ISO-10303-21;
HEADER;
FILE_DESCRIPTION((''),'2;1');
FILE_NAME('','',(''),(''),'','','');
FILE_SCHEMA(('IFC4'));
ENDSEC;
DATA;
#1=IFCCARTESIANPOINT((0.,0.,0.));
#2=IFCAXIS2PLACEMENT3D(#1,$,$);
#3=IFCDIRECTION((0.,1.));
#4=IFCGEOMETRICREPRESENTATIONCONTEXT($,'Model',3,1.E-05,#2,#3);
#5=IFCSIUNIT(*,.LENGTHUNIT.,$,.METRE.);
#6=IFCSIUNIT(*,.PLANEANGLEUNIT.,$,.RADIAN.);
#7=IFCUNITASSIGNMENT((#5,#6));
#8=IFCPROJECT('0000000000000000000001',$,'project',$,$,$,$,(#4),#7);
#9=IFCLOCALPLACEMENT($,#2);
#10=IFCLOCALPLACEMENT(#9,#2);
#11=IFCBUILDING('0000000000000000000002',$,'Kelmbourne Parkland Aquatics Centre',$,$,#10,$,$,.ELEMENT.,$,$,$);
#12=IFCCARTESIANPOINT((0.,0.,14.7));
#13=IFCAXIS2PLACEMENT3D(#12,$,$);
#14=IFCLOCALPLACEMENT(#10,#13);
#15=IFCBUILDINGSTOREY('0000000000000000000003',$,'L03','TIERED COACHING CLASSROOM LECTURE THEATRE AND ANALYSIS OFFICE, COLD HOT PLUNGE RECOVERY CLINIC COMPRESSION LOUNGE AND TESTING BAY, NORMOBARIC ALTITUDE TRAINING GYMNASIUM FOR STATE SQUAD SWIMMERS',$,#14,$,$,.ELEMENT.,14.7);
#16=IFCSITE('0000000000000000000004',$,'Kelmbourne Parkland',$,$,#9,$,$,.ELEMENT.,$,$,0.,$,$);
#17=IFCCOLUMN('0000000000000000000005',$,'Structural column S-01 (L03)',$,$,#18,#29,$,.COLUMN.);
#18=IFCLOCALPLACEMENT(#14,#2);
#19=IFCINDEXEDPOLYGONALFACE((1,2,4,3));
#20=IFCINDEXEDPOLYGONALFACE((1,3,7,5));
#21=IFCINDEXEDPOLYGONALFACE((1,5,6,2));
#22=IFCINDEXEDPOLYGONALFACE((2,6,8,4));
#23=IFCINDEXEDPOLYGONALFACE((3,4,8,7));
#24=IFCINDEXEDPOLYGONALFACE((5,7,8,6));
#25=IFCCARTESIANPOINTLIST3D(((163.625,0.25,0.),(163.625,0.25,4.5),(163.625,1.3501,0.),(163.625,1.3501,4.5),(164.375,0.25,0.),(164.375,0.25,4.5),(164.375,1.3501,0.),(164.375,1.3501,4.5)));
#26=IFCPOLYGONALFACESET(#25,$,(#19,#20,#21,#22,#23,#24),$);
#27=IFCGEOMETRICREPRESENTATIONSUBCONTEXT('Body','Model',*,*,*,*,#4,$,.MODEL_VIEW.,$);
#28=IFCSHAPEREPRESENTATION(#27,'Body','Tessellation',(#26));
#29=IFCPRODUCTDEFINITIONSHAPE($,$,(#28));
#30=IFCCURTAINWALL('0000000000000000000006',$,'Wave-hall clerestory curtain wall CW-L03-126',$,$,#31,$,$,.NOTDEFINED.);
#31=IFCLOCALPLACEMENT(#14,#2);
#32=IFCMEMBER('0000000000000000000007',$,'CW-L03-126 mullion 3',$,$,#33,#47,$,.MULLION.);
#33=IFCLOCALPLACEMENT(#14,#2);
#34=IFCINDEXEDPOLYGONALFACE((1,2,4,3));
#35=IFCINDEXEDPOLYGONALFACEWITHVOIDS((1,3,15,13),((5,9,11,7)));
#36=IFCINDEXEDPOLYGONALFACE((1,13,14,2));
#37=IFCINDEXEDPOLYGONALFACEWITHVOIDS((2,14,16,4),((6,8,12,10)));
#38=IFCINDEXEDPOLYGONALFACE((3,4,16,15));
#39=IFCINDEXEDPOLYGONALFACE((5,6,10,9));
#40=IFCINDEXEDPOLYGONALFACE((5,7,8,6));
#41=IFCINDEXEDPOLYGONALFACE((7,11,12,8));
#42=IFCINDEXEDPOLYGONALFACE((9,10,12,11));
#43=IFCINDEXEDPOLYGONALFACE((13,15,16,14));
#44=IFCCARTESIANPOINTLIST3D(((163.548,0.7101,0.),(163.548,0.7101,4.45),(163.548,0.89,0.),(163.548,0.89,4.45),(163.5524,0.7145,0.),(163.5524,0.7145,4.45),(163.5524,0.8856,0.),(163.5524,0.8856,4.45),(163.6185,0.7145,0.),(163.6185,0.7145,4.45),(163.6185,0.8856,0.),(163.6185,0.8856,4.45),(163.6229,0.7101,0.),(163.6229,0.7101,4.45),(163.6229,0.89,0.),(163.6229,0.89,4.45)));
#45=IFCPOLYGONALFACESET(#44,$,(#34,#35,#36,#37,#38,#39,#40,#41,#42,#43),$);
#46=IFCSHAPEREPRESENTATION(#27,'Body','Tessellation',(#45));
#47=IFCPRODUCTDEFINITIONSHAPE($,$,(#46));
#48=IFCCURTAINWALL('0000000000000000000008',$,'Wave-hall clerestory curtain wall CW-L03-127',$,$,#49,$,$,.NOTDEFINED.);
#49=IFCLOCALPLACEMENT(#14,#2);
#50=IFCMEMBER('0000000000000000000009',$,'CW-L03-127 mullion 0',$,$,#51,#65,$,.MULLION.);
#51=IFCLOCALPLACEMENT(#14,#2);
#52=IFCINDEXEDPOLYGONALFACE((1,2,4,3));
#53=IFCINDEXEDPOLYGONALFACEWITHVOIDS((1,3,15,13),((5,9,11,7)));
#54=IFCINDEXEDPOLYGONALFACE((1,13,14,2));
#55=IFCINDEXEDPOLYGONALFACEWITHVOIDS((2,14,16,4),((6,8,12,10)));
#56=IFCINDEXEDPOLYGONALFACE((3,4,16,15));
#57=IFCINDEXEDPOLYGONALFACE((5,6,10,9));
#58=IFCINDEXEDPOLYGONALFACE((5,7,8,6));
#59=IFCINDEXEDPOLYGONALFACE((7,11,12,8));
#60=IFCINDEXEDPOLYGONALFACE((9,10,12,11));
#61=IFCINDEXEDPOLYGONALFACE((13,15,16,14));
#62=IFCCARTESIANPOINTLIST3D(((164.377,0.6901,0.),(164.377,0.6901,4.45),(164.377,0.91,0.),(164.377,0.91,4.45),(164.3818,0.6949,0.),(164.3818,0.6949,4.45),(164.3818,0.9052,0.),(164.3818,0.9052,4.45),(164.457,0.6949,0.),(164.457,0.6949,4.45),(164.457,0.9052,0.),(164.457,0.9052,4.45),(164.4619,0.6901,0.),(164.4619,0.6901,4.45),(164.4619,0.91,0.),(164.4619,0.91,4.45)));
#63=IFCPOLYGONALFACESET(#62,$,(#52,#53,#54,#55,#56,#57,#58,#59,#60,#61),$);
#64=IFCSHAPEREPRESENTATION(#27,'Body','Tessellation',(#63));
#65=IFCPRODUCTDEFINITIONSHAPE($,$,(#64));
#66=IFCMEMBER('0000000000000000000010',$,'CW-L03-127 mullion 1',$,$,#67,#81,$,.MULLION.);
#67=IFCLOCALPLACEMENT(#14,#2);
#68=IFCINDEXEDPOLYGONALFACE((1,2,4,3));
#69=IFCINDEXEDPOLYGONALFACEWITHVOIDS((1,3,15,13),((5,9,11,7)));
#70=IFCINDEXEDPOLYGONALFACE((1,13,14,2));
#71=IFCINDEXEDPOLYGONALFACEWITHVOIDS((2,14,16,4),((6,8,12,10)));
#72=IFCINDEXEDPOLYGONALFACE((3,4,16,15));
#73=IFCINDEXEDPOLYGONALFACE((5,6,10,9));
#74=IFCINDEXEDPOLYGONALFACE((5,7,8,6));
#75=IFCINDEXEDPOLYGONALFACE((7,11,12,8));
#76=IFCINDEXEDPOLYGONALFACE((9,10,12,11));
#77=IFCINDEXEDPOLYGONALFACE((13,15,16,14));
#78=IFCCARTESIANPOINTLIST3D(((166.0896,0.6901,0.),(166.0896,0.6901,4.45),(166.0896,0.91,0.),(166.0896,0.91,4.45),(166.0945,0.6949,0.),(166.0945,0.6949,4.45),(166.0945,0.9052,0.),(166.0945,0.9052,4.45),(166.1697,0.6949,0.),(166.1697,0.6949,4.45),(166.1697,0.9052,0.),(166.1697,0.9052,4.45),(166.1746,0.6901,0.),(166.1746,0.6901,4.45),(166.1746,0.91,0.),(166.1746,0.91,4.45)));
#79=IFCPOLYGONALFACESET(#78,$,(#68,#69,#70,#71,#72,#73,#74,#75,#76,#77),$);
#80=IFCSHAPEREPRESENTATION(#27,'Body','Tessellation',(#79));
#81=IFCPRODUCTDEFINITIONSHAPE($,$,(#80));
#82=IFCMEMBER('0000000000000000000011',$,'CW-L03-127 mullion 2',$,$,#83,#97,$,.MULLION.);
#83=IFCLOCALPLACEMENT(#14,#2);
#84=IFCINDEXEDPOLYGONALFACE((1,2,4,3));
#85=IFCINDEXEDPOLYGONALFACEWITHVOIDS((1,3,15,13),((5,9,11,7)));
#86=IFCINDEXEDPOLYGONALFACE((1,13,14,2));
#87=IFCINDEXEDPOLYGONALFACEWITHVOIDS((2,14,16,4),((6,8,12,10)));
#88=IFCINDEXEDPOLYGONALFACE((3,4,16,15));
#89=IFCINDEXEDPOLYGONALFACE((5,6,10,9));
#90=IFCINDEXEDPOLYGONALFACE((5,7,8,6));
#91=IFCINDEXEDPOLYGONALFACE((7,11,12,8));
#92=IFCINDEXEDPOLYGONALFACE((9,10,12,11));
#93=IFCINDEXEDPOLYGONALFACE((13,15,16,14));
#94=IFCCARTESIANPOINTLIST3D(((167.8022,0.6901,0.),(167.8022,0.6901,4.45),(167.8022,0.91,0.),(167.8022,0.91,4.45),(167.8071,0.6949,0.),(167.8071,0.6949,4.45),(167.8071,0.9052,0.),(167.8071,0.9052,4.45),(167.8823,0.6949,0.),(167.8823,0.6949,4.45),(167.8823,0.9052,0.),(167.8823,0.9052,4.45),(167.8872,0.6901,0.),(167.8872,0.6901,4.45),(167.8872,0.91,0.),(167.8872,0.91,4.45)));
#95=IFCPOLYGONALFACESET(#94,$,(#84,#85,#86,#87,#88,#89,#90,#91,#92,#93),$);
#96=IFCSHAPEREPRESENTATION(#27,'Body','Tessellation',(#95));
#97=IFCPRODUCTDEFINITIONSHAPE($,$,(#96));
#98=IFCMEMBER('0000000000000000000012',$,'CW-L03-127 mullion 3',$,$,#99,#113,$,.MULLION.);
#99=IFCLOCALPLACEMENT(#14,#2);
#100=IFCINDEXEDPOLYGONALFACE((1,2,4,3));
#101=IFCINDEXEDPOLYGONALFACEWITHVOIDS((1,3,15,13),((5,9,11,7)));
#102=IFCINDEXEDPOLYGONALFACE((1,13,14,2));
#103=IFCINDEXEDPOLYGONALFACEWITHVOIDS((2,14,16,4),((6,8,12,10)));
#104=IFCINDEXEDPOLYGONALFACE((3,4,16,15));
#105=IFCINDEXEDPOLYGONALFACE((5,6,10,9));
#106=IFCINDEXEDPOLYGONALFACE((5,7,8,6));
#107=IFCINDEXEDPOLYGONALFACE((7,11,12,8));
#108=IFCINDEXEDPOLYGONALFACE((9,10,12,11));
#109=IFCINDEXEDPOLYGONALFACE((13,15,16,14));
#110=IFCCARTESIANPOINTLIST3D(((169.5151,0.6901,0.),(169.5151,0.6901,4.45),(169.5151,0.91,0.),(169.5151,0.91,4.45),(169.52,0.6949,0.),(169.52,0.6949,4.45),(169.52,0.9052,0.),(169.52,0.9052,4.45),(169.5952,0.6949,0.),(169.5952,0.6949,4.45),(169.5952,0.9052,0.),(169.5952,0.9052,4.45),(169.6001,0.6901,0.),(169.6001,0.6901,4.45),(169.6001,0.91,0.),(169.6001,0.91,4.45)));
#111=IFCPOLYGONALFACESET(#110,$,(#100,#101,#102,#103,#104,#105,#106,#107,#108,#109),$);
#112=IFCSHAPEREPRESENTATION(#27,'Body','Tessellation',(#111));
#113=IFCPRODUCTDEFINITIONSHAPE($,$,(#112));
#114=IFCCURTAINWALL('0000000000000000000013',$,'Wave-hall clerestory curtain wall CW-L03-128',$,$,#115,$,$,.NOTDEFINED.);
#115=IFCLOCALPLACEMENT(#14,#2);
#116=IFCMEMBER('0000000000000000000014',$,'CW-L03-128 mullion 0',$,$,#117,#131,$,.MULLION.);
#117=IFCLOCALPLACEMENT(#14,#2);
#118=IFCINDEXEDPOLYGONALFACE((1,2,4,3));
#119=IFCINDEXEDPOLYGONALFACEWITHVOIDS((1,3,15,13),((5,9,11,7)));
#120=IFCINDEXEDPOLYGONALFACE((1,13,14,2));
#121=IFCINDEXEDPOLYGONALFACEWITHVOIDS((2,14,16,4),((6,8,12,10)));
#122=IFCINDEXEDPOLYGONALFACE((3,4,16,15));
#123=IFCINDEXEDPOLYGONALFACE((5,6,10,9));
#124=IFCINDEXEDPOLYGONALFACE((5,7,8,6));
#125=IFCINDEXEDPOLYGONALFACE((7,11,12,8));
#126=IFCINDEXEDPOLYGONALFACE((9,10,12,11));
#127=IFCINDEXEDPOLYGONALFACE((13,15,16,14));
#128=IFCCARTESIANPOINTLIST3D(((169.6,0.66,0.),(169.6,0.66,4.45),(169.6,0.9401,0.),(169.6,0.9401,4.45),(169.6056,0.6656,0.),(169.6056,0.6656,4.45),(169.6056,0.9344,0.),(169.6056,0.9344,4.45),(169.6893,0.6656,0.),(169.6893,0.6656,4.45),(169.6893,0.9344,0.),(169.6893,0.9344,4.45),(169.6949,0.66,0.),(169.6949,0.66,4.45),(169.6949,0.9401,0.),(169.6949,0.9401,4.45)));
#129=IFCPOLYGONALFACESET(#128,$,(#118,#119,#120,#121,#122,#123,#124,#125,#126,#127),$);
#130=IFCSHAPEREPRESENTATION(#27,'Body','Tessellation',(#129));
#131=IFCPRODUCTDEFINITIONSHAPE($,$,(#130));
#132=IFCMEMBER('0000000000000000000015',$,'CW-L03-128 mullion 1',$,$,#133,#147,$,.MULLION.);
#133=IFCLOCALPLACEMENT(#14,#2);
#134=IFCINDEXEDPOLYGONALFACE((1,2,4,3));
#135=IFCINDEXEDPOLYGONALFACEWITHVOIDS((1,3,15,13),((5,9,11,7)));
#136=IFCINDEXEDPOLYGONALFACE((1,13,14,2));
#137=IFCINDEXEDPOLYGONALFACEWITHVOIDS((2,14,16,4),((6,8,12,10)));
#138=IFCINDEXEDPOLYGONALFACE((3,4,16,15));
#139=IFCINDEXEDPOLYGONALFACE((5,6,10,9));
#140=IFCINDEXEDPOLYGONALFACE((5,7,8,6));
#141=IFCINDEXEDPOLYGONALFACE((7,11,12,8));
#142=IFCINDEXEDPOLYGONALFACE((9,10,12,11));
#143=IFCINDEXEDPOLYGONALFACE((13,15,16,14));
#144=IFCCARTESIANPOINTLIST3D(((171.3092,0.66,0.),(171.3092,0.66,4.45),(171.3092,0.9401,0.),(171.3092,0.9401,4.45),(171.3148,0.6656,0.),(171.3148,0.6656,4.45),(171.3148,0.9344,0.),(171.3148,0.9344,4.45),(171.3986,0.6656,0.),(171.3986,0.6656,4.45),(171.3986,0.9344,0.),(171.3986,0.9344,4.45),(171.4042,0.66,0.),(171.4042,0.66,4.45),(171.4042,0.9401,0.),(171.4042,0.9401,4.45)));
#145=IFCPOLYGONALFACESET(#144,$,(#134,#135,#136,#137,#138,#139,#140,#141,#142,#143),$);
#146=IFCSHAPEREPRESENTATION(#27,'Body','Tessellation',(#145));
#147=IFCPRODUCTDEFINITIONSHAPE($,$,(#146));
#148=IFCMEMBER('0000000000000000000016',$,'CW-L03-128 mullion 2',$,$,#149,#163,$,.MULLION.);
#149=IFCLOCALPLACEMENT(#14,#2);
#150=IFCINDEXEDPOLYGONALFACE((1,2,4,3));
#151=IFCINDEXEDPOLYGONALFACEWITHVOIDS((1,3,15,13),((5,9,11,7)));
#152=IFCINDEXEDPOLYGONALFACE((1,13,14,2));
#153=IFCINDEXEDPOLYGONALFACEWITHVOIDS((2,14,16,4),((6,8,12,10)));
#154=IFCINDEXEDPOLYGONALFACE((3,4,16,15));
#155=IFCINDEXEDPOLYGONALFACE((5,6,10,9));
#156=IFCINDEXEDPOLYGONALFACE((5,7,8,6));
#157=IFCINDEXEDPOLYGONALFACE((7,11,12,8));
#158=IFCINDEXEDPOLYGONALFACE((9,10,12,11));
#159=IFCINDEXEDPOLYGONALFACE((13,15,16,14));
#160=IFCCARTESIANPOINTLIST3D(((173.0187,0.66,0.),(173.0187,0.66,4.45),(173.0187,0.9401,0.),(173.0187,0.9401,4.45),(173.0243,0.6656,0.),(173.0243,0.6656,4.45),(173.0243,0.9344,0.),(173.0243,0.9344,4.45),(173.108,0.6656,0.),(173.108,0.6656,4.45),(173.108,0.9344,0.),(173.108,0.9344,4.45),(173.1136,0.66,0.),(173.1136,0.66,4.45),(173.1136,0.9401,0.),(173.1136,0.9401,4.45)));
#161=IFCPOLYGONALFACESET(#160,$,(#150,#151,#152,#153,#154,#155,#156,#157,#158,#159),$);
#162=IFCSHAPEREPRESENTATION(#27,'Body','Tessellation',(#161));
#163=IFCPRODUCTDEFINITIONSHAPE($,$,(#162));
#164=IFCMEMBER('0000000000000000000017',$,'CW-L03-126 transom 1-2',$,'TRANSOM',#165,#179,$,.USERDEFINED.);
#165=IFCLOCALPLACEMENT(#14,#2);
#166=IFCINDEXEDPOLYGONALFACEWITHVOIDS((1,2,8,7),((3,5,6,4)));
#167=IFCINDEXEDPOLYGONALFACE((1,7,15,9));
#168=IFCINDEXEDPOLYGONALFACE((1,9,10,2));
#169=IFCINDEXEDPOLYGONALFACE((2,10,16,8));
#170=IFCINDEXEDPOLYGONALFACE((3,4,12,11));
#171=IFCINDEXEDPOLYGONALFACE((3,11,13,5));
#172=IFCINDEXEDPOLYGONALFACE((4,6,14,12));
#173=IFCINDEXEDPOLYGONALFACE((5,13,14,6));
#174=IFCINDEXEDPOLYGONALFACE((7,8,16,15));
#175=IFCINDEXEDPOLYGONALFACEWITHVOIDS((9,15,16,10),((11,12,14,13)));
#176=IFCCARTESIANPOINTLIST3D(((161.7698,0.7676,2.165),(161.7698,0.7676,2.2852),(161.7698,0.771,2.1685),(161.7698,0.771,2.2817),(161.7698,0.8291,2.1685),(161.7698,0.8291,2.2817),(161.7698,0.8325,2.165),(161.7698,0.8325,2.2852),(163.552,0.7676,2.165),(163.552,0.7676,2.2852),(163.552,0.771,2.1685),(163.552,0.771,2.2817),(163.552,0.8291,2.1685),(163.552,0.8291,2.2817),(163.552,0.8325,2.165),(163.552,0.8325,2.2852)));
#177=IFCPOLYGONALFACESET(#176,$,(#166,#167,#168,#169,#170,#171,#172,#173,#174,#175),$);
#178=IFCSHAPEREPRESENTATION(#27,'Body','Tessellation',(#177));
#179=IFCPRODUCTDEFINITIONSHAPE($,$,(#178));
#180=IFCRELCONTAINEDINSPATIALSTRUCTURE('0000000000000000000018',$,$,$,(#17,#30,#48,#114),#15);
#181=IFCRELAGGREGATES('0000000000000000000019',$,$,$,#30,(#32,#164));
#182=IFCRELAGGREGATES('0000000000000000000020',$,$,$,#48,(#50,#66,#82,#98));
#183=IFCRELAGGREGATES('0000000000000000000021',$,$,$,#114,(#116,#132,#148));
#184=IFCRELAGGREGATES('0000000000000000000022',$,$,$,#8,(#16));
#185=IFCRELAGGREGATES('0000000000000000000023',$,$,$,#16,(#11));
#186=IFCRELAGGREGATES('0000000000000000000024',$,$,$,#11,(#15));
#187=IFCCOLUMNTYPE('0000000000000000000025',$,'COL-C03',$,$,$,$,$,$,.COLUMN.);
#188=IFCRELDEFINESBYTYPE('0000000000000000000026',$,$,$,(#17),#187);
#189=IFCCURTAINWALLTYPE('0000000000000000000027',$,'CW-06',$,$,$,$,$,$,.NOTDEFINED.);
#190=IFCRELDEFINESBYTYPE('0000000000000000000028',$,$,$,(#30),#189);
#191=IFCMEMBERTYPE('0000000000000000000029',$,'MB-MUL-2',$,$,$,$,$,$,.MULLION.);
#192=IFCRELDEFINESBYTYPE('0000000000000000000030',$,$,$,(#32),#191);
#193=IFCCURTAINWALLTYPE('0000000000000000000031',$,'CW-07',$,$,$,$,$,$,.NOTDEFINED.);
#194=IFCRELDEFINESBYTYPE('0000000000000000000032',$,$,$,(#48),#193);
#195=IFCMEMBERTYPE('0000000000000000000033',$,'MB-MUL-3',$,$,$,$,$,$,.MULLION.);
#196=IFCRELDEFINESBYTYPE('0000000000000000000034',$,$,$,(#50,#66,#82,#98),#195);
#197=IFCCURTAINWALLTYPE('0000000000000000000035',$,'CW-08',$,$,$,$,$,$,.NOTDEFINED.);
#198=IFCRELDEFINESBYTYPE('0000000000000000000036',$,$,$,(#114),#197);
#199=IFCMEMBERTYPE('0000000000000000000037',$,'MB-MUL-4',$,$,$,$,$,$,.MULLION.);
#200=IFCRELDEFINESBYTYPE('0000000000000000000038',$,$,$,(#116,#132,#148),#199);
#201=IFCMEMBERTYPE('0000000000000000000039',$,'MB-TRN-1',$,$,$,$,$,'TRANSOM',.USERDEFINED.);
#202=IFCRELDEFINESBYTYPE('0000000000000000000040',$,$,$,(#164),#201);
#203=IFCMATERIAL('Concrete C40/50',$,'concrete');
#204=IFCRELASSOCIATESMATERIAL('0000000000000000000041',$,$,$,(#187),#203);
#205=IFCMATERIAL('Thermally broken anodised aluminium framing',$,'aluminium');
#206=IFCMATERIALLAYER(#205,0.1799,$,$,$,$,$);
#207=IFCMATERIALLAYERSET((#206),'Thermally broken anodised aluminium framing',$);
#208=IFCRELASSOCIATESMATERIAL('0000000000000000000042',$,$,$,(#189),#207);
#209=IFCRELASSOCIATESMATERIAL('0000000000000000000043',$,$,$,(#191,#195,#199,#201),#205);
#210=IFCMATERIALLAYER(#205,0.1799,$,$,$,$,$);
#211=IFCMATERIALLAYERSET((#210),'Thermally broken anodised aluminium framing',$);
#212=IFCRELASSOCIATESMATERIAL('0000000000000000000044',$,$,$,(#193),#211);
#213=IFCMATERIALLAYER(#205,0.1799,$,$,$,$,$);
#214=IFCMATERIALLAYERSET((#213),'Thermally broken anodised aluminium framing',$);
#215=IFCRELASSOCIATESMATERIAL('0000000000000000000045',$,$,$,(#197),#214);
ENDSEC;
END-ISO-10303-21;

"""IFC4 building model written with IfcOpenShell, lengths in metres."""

from ifc_helpers import new_model, si_unit, direction, frame, origin, origin_2d, place, context, subcontext, project, spatial, rectangle, hollow_rectangle, extrude, material, layer, layer_set, material_profile, profile_set, type_object, element, aggregate, save


model = new_model("IFC4")

# Units and contexts
model_context = context("Model", 3, precision=1e-05, world=origin(), true_north=direction((0.0, 1.0)))
body_context = subcontext(model_context, "Body", "Model", "MODEL_VIEW")
ifc_project = project(units=[si_unit("LENGTHUNIT", "METRE"), si_unit("PLANEANGLEUNIT", "RADIAN")], contexts=[model_context])

# Site, building, storey
site_placement = place(None, origin())
site = spatial("IfcSite", under=ifc_project, at=site_placement, Name="Kelmbourne Parkland", CompositionType="ELEMENT", RefElevation=0.0)
building_placement = place(site_placement, origin())
building = spatial("IfcBuilding", under=site, at=building_placement, Name="Kelmbourne Parkland Aquatics Centre", CompositionType="ELEMENT")
storey_placement = place(building_placement, frame((0.0, 0.0, 14.7)))
storey = spatial("IfcBuildingStorey", under=building, at=storey_placement, Name="L03", Description="TIERED COACHING CLASSROOM LECTURE THEATRE AND ANALYSIS OFFICE, COLD HOT PLUNGE RECOVERY CLINIC COMPRESSION LOUNGE AND TESTING BAY, NORMOBARIC ALTITUDE TRAINING GYMNASIUM FOR STATE SQUAD SWIMMERS", CompositionType="ELEMENT", Elevation=14.7)

# Column
ifc_material_1 = material(Name="Concrete C40/50", Category="concrete")
ifc_material_profile_1 = material_profile(ifc_material_1, rectangle(XDim=0.75, YDim=1.1001, at=origin_2d()), Name="RC 750x1100")
ifc_profile_set_1 = profile_set([ifc_material_profile_1], Name="Concrete C40/50")
column_type = type_object("IfcColumnType", Name="COL-C03", PredefinedType="COLUMN", material=ifc_profile_set_1)
column_placement = place(storey_placement, frame((164.0, 0.8, 0.0), z_axis=(0.0, 0.0, 1.0), x_axis=(1.0, 0.0, 0.0)))
element("IfcColumn", 1, at=column_placement, inside=storey, type_object=column_type, Name="Structural column S-01 (L03)", PredefinedType="COLUMN", context=body_context, shape_type="SweptSolid", body=[
    extrude(rectangle(XDim=0.75, YDim=1.1001, at=origin_2d()), origin(), (0.0, 0.0, 1.0), 4.5),
])

# Curtain wall, member
ifc_material_2 = material(Name="Thermally broken anodised aluminium framing", Category="aluminium")
ifc_layer_1 = layer(ifc_material_2, 0.1799)
ifc_layer_set_1 = layer_set([ifc_layer_1], Name="Thermally broken anodised aluminium framing")
curtain_wall_type_1 = type_object("IfcCurtainWallType", Name="CW-06", PredefinedType="NOTDEFINED", material=ifc_layer_set_1)
curtain_wall_1_placement = place(storey_placement, origin())
curtain_wall_1 = element("IfcCurtainWall", 2, at=curtain_wall_1_placement, inside=storey, type_object=curtain_wall_type_1, Name="Wave-hall clerestory curtain wall CW-L03-126", PredefinedType="NOTDEFINED")
ifc_material_profile_2 = material_profile(ifc_material_2, hollow_rectangle(XDim=0.075, YDim=0.1799, WallThickness=0.0044, at=origin_2d()), Name="CW-M 75x180")
ifc_profile_set_2 = profile_set([ifc_material_profile_2], Name="Thermally broken anodised aluminium framing")
member_type_1 = type_object("IfcMemberType", Name="MB-MUL-2", PredefinedType="MULLION", material=ifc_profile_set_2)
member_1_placement = place(storey_placement, frame((163.5854, 0.8, 0.0), z_axis=(0.0, 0.0, 1.0), x_axis=(1.0, 0.0, 0.0)))
member_1 = element("IfcMember", 3, at=member_1_placement, type_object=member_type_1, Name="CW-L03-126 mullion 3", PredefinedType="MULLION", context=body_context, shape_type="SweptSolid", body=[
    extrude(hollow_rectangle(XDim=0.075, YDim=0.1799, WallThickness=0.0044, at=origin_2d()), origin(), (0.0, 0.0, 1.0), 4.45),
])

# Curtain walls, members
ifc_layer_2 = layer(ifc_material_2, 0.1799)
ifc_layer_set_2 = layer_set([ifc_layer_2], Name="Thermally broken anodised aluminium framing")
curtain_wall_type_2 = type_object("IfcCurtainWallType", Name="CW-07", PredefinedType="NOTDEFINED", material=ifc_layer_set_2)
curtain_wall_2_placement = place(storey_placement, origin())
curtain_wall_2 = element("IfcCurtainWall", 4, at=curtain_wall_2_placement, inside=storey, type_object=curtain_wall_type_2, Name="Wave-hall clerestory curtain wall CW-L03-127", PredefinedType="NOTDEFINED")
ifc_material_profile_3 = material_profile(ifc_material_2, hollow_rectangle(XDim=0.085, YDim=0.22, WallThickness=0.0049, at=origin_2d()), Name="CW-M 85x220")
ifc_profile_set_3 = profile_set([ifc_material_profile_3], Name="Thermally broken anodised aluminium framing")
member_type_2 = type_object("IfcMemberType", Name="MB-MUL-3", PredefinedType="MULLION", material=ifc_profile_set_3)
member_2_placement = place(storey_placement, frame((164.4194, 0.8, 0.0), z_axis=(0.0, 0.0, 1.0), x_axis=(1.0, 0.0, 0.0)))
member_2 = element("IfcMember", 5, at=member_2_placement, type_object=member_type_2, Name="CW-L03-127 mullion 0", PredefinedType="MULLION", context=body_context, shape_type="SweptSolid", body=[
    extrude(hollow_rectangle(XDim=0.085, YDim=0.22, WallThickness=0.0049, at=origin_2d()), origin(), (0.0, 0.0, 1.0), 4.45),
])
member_3_placement = place(storey_placement, frame((166.1321, 0.8, 0.0), z_axis=(0.0, 0.0, 1.0), x_axis=(1.0, 0.0, 0.0)))
member_3 = element("IfcMember", 6, at=member_3_placement, type_object=member_type_2, Name="CW-L03-127 mullion 1", PredefinedType="MULLION", context=body_context, shape_type="SweptSolid", body=[
    extrude(hollow_rectangle(XDim=0.085, YDim=0.22, WallThickness=0.0049, at=origin_2d()), origin(), (0.0, 0.0, 1.0), 4.45),
])
member_4_placement = place(storey_placement, frame((167.8447, 0.8, 0.0), z_axis=(0.0, 0.0, 1.0), x_axis=(1.0, 0.0, 0.0)))
member_4 = element("IfcMember", 7, at=member_4_placement, type_object=member_type_2, Name="CW-L03-127 mullion 2", PredefinedType="MULLION", context=body_context, shape_type="SweptSolid", body=[
    extrude(hollow_rectangle(XDim=0.085, YDim=0.22, WallThickness=0.0049, at=origin_2d()), origin(), (0.0, 0.0, 1.0), 4.45),
])
member_5_placement = place(storey_placement, frame((169.5576, 0.8, 0.0), z_axis=(0.0, 0.0, 1.0), x_axis=(1.0, 0.0, 0.0)))
member_5 = element("IfcMember", 8, at=member_5_placement, type_object=member_type_2, Name="CW-L03-127 mullion 3", PredefinedType="MULLION", context=body_context, shape_type="SweptSolid", body=[
    extrude(hollow_rectangle(XDim=0.085, YDim=0.22, WallThickness=0.0049, at=origin_2d()), origin(), (0.0, 0.0, 1.0), 4.45),
])
ifc_layer_3 = layer(ifc_material_2, 0.1799)
ifc_layer_set_3 = layer_set([ifc_layer_3], Name="Thermally broken anodised aluminium framing")
curtain_wall_type_3 = type_object("IfcCurtainWallType", Name="CW-08", PredefinedType="NOTDEFINED", material=ifc_layer_set_3)
curtain_wall_3_placement = place(storey_placement, origin())
curtain_wall_3 = element("IfcCurtainWall", 9, at=curtain_wall_3_placement, inside=storey, type_object=curtain_wall_type_3, Name="Wave-hall clerestory curtain wall CW-L03-128", PredefinedType="NOTDEFINED")
ifc_material_profile_4 = material_profile(ifc_material_2, hollow_rectangle(XDim=0.095, YDim=0.28, WallThickness=0.0056, at=origin_2d()), Name="CW-M 95x280")
ifc_profile_set_4 = profile_set([ifc_material_profile_4], Name="Thermally broken anodised aluminium framing")
member_type_3 = type_object("IfcMemberType", Name="MB-MUL-4", PredefinedType="MULLION", material=ifc_profile_set_4)
member_6_placement = place(storey_placement, frame((169.6475, 0.8, 0.0), z_axis=(0.0, 0.0, 1.0), x_axis=(1.0, 0.0, 0.0)))
member_6 = element("IfcMember", 10, at=member_6_placement, type_object=member_type_3, Name="CW-L03-128 mullion 0", PredefinedType="MULLION", context=body_context, shape_type="SweptSolid", body=[
    extrude(hollow_rectangle(XDim=0.095, YDim=0.28, WallThickness=0.0056, at=origin_2d()), origin(), (0.0, 0.0, 1.0), 4.45),
])
member_7_placement = place(storey_placement, frame((171.3567, 0.8, 0.0), z_axis=(0.0, 0.0, 1.0), x_axis=(1.0, 0.0, 0.0)))
member_7 = element("IfcMember", 11, at=member_7_placement, type_object=member_type_3, Name="CW-L03-128 mullion 1", PredefinedType="MULLION", context=body_context, shape_type="SweptSolid", body=[
    extrude(hollow_rectangle(XDim=0.095, YDim=0.28, WallThickness=0.0056, at=origin_2d()), origin(), (0.0, 0.0, 1.0), 4.45),
])
member_8_placement = place(storey_placement, frame((173.0662, 0.8, 0.0), z_axis=(0.0, 0.0, 1.0), x_axis=(1.0, 0.0, 0.0)))
member_8 = element("IfcMember", 12, at=member_8_placement, type_object=member_type_3, Name="CW-L03-128 mullion 2", PredefinedType="MULLION", context=body_context, shape_type="SweptSolid", body=[
    extrude(hollow_rectangle(XDim=0.095, YDim=0.28, WallThickness=0.0056, at=origin_2d()), origin(), (0.0, 0.0, 1.0), 4.45),
])

# Member
ifc_material_profile_5 = material_profile(ifc_material_2, hollow_rectangle(XDim=0.0649, YDim=0.1201, WallThickness=0.0034, at=origin_2d()), Name="CW-T 65x120")
ifc_profile_set_5 = profile_set([ifc_material_profile_5], Name="Thermally broken anodised aluminium framing")
member_type_4 = type_object("IfcMemberType", Name="MB-TRN-1", ElementType="TRANSOM", PredefinedType="USERDEFINED", material=ifc_profile_set_5)
member_9_placement = place(storey_placement, frame((161.7698, 0.8, 2.2251), z_axis=(1.0, 0.0, 0.0), x_axis=(0.0, 1.0, 0.0)))
member_9 = element("IfcMember", 13, at=member_9_placement, type_object=member_type_4, Name="CW-L03-126 transom 1-2", ObjectType="TRANSOM", PredefinedType="USERDEFINED", context=body_context, shape_type="SweptSolid", body=[
    extrude(hollow_rectangle(XDim=0.0649, YDim=0.1201, WallThickness=0.0034, at=origin_2d()), origin(), (0.0, 0.0, 1.0), 1.7822),
])

aggregate(curtain_wall_1, [member_1, member_9])
aggregate(curtain_wall_2, [member_2, member_3, member_4, member_5])
aggregate(curtain_wall_3, [member_6, member_7, member_8])

save(model, "model.ifc")
